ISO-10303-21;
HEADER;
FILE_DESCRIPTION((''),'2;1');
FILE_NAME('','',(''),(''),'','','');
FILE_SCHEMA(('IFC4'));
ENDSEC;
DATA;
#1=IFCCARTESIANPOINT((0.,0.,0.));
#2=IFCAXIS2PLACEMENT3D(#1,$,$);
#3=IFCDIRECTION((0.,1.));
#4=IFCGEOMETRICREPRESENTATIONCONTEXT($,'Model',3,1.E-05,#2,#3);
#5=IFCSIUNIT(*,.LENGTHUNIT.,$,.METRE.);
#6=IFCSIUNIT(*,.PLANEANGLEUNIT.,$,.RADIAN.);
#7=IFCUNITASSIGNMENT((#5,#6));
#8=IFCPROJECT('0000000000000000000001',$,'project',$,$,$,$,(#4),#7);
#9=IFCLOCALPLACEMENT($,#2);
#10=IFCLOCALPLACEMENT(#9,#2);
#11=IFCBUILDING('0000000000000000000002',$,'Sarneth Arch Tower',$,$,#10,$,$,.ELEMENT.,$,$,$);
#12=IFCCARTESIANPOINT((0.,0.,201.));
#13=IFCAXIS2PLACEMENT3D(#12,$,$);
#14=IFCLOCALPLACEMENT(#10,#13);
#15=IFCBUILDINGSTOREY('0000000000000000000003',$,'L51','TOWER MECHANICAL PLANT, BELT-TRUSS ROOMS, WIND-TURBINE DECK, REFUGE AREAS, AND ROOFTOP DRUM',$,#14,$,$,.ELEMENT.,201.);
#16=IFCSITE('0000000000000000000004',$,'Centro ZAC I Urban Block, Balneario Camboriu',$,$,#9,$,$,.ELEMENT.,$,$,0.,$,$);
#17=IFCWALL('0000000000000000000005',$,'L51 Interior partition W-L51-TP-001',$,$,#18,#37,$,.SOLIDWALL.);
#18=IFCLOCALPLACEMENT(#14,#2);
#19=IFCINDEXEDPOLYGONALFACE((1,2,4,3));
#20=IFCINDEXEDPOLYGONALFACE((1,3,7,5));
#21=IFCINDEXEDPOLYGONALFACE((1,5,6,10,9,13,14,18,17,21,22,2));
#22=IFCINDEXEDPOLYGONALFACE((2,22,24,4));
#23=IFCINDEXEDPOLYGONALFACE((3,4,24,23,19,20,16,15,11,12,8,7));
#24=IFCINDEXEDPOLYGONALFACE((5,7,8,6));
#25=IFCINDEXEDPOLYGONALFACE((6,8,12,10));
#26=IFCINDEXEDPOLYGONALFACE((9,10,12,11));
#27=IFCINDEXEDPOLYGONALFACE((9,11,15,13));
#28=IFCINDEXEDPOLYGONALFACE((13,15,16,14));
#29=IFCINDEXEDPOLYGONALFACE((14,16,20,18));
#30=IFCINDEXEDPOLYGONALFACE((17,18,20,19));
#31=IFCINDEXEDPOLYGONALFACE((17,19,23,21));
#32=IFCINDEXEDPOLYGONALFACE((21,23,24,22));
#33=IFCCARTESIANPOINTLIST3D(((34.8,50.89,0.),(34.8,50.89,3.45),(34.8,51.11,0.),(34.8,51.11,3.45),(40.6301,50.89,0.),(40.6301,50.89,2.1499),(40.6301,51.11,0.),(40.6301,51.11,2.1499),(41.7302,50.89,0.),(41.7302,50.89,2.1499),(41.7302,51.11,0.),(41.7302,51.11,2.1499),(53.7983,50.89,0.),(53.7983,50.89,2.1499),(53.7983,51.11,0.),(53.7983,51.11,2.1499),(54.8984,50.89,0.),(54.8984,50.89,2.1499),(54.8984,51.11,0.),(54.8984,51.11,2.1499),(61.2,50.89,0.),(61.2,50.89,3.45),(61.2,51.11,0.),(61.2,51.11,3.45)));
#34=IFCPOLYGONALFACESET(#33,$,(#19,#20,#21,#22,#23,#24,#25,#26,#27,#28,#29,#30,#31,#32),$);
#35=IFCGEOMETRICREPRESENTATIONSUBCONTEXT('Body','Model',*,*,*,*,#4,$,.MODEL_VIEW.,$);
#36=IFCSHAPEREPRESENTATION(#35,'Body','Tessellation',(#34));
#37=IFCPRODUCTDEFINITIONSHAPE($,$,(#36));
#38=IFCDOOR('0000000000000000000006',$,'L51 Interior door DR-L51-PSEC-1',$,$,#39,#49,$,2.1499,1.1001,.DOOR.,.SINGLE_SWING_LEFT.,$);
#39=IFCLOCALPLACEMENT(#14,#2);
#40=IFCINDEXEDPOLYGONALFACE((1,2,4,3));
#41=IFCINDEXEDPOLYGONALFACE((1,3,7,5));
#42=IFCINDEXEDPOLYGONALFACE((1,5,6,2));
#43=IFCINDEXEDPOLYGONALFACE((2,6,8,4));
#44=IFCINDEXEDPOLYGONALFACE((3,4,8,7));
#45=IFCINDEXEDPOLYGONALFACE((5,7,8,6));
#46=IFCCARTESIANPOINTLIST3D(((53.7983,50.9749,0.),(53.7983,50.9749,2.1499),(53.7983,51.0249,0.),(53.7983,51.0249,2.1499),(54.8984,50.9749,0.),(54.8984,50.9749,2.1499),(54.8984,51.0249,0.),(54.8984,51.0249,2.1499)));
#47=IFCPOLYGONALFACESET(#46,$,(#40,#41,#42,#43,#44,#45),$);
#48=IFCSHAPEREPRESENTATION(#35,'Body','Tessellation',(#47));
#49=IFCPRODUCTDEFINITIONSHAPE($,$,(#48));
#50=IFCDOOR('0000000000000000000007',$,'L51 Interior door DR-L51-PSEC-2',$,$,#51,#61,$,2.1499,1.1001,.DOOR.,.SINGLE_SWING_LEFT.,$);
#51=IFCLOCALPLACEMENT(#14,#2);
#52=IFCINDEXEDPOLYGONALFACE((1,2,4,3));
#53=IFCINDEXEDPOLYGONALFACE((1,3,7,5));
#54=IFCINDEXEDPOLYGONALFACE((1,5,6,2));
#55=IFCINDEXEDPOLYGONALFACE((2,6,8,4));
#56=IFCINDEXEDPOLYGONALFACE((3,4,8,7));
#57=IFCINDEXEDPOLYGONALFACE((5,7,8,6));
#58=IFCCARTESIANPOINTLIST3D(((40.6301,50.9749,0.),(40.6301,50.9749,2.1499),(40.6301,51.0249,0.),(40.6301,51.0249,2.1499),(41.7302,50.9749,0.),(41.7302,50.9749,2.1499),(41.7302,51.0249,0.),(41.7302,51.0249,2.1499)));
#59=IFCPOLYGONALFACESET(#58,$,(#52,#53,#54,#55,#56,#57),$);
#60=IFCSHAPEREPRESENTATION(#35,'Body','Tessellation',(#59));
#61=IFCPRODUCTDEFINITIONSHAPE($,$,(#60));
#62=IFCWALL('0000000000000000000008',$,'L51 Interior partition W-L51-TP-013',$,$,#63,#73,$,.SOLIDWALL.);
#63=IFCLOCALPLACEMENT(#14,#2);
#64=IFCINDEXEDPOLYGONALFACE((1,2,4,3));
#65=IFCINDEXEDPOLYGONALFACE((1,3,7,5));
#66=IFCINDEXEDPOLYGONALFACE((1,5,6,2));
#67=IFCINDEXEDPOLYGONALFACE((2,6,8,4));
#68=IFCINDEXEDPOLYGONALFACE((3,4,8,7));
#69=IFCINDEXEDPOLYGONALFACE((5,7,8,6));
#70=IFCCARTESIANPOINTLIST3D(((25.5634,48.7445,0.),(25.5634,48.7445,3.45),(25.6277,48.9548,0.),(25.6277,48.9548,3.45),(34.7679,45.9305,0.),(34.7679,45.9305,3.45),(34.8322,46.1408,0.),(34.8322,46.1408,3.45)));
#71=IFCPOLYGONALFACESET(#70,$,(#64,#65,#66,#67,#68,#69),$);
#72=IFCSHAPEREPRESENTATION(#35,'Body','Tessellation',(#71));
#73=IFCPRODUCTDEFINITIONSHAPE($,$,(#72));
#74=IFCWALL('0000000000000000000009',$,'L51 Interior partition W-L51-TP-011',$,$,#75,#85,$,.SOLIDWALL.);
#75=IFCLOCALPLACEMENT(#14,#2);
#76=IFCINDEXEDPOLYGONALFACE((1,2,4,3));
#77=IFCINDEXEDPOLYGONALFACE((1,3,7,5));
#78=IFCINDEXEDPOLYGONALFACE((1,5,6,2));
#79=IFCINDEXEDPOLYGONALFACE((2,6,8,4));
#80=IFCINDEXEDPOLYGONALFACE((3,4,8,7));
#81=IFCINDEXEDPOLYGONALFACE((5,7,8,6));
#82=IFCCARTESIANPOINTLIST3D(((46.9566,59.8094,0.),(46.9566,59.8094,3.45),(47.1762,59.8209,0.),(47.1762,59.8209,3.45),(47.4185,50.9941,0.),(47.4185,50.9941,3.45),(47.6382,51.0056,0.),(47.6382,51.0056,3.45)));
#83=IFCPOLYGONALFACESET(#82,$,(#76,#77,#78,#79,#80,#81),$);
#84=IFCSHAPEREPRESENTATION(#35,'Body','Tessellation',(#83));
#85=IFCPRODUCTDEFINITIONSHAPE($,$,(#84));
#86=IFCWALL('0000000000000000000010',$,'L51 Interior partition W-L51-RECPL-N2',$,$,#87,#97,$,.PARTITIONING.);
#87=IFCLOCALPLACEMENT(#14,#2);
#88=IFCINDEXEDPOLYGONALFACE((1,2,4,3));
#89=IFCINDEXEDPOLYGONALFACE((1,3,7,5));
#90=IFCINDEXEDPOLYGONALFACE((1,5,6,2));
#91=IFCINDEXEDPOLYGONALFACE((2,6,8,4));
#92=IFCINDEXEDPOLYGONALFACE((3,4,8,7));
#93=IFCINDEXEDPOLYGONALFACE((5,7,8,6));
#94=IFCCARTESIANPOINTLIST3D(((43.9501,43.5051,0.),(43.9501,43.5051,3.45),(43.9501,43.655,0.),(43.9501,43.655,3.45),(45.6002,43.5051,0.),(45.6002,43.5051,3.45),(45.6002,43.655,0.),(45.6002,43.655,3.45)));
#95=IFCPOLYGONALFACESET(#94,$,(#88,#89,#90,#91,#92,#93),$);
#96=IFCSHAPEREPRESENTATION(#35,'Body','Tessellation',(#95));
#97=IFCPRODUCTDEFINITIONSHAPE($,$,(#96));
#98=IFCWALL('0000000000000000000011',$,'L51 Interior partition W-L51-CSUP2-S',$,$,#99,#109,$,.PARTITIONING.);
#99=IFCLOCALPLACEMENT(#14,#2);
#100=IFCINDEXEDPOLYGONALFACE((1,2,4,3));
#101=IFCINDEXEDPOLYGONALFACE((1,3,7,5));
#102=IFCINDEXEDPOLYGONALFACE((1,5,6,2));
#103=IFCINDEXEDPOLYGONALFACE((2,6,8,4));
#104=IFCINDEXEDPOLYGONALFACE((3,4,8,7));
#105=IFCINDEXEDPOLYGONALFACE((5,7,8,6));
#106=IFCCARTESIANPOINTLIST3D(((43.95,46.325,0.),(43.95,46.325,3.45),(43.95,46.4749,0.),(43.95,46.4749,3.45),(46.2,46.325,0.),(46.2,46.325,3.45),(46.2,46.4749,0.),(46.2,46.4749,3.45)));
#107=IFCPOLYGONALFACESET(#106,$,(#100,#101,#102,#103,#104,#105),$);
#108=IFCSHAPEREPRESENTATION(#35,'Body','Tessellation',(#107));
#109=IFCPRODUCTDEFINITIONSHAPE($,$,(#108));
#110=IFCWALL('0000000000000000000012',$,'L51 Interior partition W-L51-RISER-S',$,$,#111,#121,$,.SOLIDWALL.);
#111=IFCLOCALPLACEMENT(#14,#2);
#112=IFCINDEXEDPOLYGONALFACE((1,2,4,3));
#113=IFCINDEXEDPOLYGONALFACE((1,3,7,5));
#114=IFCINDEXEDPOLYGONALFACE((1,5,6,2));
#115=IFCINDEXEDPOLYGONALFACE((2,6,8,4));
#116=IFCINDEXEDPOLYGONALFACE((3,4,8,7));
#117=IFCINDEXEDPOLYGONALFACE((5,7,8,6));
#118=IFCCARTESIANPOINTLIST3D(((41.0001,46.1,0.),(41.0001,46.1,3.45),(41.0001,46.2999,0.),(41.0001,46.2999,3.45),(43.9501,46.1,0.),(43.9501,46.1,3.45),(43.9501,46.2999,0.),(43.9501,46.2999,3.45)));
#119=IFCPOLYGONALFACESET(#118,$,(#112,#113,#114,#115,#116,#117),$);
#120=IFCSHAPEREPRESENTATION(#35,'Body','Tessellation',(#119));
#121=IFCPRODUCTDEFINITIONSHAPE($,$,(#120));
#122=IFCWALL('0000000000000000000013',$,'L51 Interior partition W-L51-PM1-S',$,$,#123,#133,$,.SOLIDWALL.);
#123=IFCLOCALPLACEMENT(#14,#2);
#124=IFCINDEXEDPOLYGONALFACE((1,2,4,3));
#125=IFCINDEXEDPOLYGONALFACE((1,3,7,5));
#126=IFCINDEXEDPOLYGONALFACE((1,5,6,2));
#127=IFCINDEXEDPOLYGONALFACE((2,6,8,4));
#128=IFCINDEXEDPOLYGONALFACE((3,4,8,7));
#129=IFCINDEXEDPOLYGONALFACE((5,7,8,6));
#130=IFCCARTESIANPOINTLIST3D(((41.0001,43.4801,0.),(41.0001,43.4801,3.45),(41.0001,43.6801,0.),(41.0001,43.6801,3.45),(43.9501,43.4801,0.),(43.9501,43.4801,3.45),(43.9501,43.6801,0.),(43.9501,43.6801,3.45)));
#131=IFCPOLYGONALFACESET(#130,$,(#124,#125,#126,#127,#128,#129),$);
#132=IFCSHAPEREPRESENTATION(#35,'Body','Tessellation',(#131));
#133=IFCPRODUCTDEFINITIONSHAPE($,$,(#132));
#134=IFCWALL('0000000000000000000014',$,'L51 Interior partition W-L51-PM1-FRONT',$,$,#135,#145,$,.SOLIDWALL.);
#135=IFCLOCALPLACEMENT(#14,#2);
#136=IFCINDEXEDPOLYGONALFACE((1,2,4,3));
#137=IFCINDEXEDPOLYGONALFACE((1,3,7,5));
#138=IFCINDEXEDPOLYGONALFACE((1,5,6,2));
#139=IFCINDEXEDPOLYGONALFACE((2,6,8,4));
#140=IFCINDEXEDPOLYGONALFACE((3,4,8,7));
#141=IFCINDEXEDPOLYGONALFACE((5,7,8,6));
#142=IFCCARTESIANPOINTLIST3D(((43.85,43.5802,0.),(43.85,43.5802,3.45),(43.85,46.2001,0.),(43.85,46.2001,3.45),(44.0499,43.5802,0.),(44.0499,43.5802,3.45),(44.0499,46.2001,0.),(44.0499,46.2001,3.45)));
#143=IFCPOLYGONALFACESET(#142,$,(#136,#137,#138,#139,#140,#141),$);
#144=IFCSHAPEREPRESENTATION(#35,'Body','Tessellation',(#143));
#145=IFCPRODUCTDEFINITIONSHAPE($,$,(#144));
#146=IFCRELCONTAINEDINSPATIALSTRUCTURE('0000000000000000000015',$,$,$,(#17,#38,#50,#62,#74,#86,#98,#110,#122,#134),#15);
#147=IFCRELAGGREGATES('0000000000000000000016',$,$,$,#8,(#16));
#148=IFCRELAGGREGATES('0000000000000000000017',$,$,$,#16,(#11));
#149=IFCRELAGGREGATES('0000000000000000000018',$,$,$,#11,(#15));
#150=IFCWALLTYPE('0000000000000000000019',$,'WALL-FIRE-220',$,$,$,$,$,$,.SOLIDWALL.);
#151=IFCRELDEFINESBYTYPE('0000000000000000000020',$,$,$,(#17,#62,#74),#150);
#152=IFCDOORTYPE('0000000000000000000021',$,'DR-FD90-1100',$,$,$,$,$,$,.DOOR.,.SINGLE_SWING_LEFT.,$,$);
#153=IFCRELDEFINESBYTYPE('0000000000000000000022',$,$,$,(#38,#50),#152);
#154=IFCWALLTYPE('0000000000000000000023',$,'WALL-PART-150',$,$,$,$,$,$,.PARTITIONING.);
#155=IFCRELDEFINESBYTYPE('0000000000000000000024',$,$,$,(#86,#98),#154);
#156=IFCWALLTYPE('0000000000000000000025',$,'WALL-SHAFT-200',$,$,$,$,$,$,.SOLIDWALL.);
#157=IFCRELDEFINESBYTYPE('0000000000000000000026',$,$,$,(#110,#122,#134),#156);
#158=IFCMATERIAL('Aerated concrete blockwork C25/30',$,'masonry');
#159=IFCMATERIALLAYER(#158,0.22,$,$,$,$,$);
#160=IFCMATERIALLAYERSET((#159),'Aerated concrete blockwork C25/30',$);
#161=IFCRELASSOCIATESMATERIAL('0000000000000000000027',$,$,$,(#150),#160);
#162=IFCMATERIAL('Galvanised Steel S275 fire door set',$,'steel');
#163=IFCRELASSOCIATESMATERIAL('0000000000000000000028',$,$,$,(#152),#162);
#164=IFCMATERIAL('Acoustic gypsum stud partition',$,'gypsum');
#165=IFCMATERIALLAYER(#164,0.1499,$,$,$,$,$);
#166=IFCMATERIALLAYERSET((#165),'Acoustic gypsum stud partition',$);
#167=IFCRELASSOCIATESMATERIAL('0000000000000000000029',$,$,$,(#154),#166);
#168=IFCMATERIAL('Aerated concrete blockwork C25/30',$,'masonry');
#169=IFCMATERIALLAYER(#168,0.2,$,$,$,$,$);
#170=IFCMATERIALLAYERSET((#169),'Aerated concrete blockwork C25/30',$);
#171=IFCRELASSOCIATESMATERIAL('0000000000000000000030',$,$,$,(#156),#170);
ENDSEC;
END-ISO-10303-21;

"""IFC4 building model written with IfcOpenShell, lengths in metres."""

from ifc_helpers import new_model, si_unit, direction, frame, frame_2d, origin, place, context, subcontext, project, spatial, rectangle, extrude, material, layer, layer_set, type_object, element, fill, save


model = new_model("IFC4")

# Units and contexts
model_context = context("Model", 3, precision=1e-05, world=origin(), true_north=direction((0.0, 1.0)))
body_context = subcontext(model_context, "Body", "Model", "MODEL_VIEW")
ifc_project = project(units=[si_unit("LENGTHUNIT", "METRE"), si_unit("PLANEANGLEUNIT", "RADIAN")], contexts=[model_context])

# Site, building, storey
site_placement = place(None, origin())
site = spatial("IfcSite", under=ifc_project, at=site_placement, Name="Centro ZAC I Urban Block, Balneario Camboriu", CompositionType="ELEMENT", RefElevation=0.0)
building_placement = place(site_placement, origin())
building = spatial("IfcBuilding", under=site, at=building_placement, Name="Sarneth Arch Tower", CompositionType="ELEMENT")
storey_placement = place(building_placement, frame((0.0, 0.0, 201.0)))
storey = spatial("IfcBuildingStorey", under=building, at=storey_placement, Name="L51", Description="TOWER MECHANICAL PLANT, BELT-TRUSS ROOMS, WIND-TURBINE DECK, REFUGE AREAS, AND ROOFTOP DRUM", CompositionType="ELEMENT", Elevation=201.0)

# Wall, openings, doors
ifc_material_1 = material(Name="Aerated concrete blockwork C25/30", Category="masonry")
ifc_layer_1 = layer(ifc_material_1, 0.22)
ifc_layer_set_1 = layer_set([ifc_layer_1], Name="Aerated concrete blockwork C25/30")
wall_type_1 = type_object("IfcWallType", Name="WALL-FIRE-220", PredefinedType="SOLIDWALL", material=ifc_layer_set_1)
wall_1_placement = place(storey_placement, frame((34.8, 51.0, 0.0), z_axis=(0.0, 0.0, 1.0), x_axis=(1.0, 0.0, 0.0)))
wall_1 = element("IfcWall", 1, at=wall_1_placement, inside=storey, type_object=wall_type_1, Name="L51 Interior partition W-L51-TP-001", PredefinedType="SOLIDWALL", context=body_context, shape_type="SweptSolid", body=[
    extrude(rectangle(XDim=26.3999, YDim=0.22, at=frame_2d((13.2, 0.0))), origin(), (0.0, 0.0, 1.0), 3.45),
])
opening_1_placement = place(wall_1_placement, frame((18.9983, 0.0, 0.0)))
opening_1 = element("IfcOpeningElement", 2, at=opening_1_placement, cuts=wall_1, PredefinedType="OPENING", context=body_context, shape_type="SweptSolid", body=[
    extrude(rectangle(XDim=1.1001, YDim=2.1499, at=frame_2d((0.55, 1.075))), frame((0.0, 0.1199, 0.0), z_axis=(0.0, -1.0, 0.0), x_axis=(1.0, 0.0, 0.0)), (0.0, 0.0, 1.0), 0.24),
])
opening_2_placement = place(wall_1_placement, frame((5.8301, 0.0, 0.0)))
opening_2 = element("IfcOpeningElement", 3, at=opening_2_placement, cuts=wall_1, PredefinedType="OPENING", context=body_context, shape_type="SweptSolid", body=[
    extrude(rectangle(XDim=1.1001, YDim=2.1499, at=frame_2d((0.55, 1.075))), frame((0.0, 0.1199, 0.0), z_axis=(0.0, -1.0, 0.0), x_axis=(1.0, 0.0, 0.0)), (0.0, 0.0, 1.0), 0.24),
])
ifc_material_2 = material(Name="Galvanised Steel S275 fire door set", Category="steel")
door_type_1 = type_object("IfcDoorType", Name="DR-FD90-1100", OperationType="SINGLE_SWING_LEFT", PredefinedType="DOOR", material=ifc_material_2)
door_1_placement = place(opening_1_placement, origin())
door_1 = element("IfcDoor", 4, at=door_1_placement, inside=storey, type_object=door_type_1, Name="L51 Interior door DR-L51-PSEC-1", OperationType="SINGLE_SWING_LEFT", OverallHeight=2.1499, OverallWidth=1.1001, PredefinedType="DOOR", context=body_context, shape_type="SweptSolid", body=[
    extrude(rectangle(XDim=1.1001, YDim=2.1499, at=frame_2d((0.55, 1.075))), frame((0.0, 0.0249, 0.0), z_axis=(0.0, -1.0, 0.0), x_axis=(1.0, 0.0, 0.0)), (0.0, 0.0, 1.0), 0.05),
])
fill(opening_1, door_1)
door_2_placement = place(opening_2_placement, origin())
door_2 = element("IfcDoor", 5, at=door_2_placement, inside=storey, type_object=door_type_1, Name="L51 Interior door DR-L51-PSEC-2", OperationType="SINGLE_SWING_LEFT", OverallHeight=2.1499, OverallWidth=1.1001, PredefinedType="DOOR", context=body_context, shape_type="SweptSolid", body=[
    extrude(rectangle(XDim=1.1001, YDim=2.1499, at=frame_2d((0.55, 1.075))), frame((0.0, 0.0249, 0.0), z_axis=(0.0, -1.0, 0.0), x_axis=(1.0, 0.0, 0.0)), (0.0, 0.0, 1.0), 0.05),
])
fill(opening_2, door_2)

# Walls
wall_2_placement = place(storey_placement, frame((34.8, 46.0356, 0.0), z_axis=(0.0, 0.0, 1.0), x_axis=(-0.956307, 0.292364, 0.0)))
element("IfcWall", 6, at=wall_2_placement, inside=storey, type_object=wall_type_1, Name="L51 Interior partition W-L51-TP-013", PredefinedType="SOLIDWALL", context=body_context, shape_type="SweptSolid", body=[
    extrude(rectangle(XDim=9.625, YDim=0.22, at=frame_2d((4.8125, 0.0))), origin(), (0.0, 0.0, 1.0), 3.45),
])
wall_3_placement = place(storey_placement, frame((47.5283, 51.0, 0.0), z_axis=(0.0, 0.0, 1.0), x_axis=(-0.052328, 0.99863, 0.0)))
element("IfcWall", 7, at=wall_3_placement, inside=storey, type_object=wall_type_1, Name="L51 Interior partition W-L51-TP-011", PredefinedType="SOLIDWALL", context=body_context, shape_type="SweptSolid", body=[
    extrude(rectangle(XDim=8.8274, YDim=0.22, at=frame_2d((4.4136, 0.0))), origin(), (0.0, 0.0, 1.0), 3.45),
])
ifc_material_3 = material(Name="Acoustic gypsum stud partition", Category="gypsum")
ifc_layer_2 = layer(ifc_material_3, 0.1499)
ifc_layer_set_2 = layer_set([ifc_layer_2], Name="Acoustic gypsum stud partition")
wall_type_2 = type_object("IfcWallType", Name="WALL-PART-150", PredefinedType="PARTITIONING", material=ifc_layer_set_2)
wall_4_placement = place(storey_placement, frame((43.95, 43.5801, 0.0), z_axis=(0.0, 0.0, 1.0), x_axis=(1.0, 0.0, 0.0)))
element("IfcWall", 8, at=wall_4_placement, inside=storey, type_object=wall_type_2, Name="L51 Interior partition W-L51-RECPL-N2", PredefinedType="PARTITIONING", context=body_context, shape_type="SweptSolid", body=[
    extrude(rectangle(XDim=1.6501, YDim=0.1499, at=frame_2d((0.8252, 0.0))), origin(), (0.0, 0.0, 1.0), 3.45),
])
wall_5_placement = place(storey_placement, frame((43.95, 46.3999, 0.0), z_axis=(0.0, 0.0, 1.0), x_axis=(1.0, 0.0, 0.0)))
element("IfcWall", 9, at=wall_5_placement, inside=storey, type_object=wall_type_2, Name="L51 Interior partition W-L51-CSUP2-S", PredefinedType="PARTITIONING", context=body_context, shape_type="SweptSolid", body=[
    extrude(rectangle(XDim=2.25, YDim=0.1499, at=frame_2d((1.125, 0.0))), origin(), (0.0, 0.0, 1.0), 3.45),
])

# Wall
ifc_material_4 = material(Name="Aerated concrete blockwork C25/30", Category="masonry")
ifc_layer_3 = layer(ifc_material_4, 0.2)
ifc_layer_set_3 = layer_set([ifc_layer_3], Name="Aerated concrete blockwork C25/30")
wall_type_3 = type_object("IfcWallType", Name="WALL-SHAFT-200", PredefinedType="SOLIDWALL", material=ifc_layer_set_3)
wall_6_placement = place(storey_placement, frame((41.0, 46.2, 0.0), z_axis=(0.0, 0.0, 1.0), x_axis=(1.0, 0.0, 0.0)))
element("IfcWall", 10, at=wall_6_placement, inside=storey, type_object=wall_type_3, Name="L51 Interior partition W-L51-RISER-S", PredefinedType="SOLIDWALL", context=body_context, shape_type="SweptSolid", body=[
    extrude(rectangle(XDim=2.95, YDim=0.2, at=frame_2d((1.4751, 0.0))), origin(), (0.0, 0.0, 1.0), 3.45),
])

# Walls
wall_7_placement = place(storey_placement, frame((41.0, 43.5801, 0.0), z_axis=(0.0, 0.0, 1.0), x_axis=(1.0, 0.0, 0.0)))
element("IfcWall", 11, at=wall_7_placement, inside=storey, type_object=wall_type_3, Name="L51 Interior partition W-L51-PM1-S", PredefinedType="SOLIDWALL", context=body_context, shape_type="SweptSolid", body=[
    extrude(rectangle(XDim=2.95, YDim=0.2, at=frame_2d((1.4751, 0.0))), origin(), (0.0, 0.0, 1.0), 3.45),
])
wall_8_placement = place(storey_placement, frame((43.95, 43.5801, 0.0), z_axis=(0.0, 0.0, 1.0), x_axis=(0.0, 1.0, 0.0)))
element("IfcWall", 12, at=wall_8_placement, inside=storey, type_object=wall_type_3, Name="L51 Interior partition W-L51-PM1-FRONT", PredefinedType="SOLIDWALL", context=body_context, shape_type="SweptSolid", body=[
    extrude(rectangle(XDim=2.6199, YDim=0.2, at=frame_2d((1.3101, 0.0))), origin(), (0.0, 0.0, 1.0), 3.45),
])

save(model, "model.ifc")
